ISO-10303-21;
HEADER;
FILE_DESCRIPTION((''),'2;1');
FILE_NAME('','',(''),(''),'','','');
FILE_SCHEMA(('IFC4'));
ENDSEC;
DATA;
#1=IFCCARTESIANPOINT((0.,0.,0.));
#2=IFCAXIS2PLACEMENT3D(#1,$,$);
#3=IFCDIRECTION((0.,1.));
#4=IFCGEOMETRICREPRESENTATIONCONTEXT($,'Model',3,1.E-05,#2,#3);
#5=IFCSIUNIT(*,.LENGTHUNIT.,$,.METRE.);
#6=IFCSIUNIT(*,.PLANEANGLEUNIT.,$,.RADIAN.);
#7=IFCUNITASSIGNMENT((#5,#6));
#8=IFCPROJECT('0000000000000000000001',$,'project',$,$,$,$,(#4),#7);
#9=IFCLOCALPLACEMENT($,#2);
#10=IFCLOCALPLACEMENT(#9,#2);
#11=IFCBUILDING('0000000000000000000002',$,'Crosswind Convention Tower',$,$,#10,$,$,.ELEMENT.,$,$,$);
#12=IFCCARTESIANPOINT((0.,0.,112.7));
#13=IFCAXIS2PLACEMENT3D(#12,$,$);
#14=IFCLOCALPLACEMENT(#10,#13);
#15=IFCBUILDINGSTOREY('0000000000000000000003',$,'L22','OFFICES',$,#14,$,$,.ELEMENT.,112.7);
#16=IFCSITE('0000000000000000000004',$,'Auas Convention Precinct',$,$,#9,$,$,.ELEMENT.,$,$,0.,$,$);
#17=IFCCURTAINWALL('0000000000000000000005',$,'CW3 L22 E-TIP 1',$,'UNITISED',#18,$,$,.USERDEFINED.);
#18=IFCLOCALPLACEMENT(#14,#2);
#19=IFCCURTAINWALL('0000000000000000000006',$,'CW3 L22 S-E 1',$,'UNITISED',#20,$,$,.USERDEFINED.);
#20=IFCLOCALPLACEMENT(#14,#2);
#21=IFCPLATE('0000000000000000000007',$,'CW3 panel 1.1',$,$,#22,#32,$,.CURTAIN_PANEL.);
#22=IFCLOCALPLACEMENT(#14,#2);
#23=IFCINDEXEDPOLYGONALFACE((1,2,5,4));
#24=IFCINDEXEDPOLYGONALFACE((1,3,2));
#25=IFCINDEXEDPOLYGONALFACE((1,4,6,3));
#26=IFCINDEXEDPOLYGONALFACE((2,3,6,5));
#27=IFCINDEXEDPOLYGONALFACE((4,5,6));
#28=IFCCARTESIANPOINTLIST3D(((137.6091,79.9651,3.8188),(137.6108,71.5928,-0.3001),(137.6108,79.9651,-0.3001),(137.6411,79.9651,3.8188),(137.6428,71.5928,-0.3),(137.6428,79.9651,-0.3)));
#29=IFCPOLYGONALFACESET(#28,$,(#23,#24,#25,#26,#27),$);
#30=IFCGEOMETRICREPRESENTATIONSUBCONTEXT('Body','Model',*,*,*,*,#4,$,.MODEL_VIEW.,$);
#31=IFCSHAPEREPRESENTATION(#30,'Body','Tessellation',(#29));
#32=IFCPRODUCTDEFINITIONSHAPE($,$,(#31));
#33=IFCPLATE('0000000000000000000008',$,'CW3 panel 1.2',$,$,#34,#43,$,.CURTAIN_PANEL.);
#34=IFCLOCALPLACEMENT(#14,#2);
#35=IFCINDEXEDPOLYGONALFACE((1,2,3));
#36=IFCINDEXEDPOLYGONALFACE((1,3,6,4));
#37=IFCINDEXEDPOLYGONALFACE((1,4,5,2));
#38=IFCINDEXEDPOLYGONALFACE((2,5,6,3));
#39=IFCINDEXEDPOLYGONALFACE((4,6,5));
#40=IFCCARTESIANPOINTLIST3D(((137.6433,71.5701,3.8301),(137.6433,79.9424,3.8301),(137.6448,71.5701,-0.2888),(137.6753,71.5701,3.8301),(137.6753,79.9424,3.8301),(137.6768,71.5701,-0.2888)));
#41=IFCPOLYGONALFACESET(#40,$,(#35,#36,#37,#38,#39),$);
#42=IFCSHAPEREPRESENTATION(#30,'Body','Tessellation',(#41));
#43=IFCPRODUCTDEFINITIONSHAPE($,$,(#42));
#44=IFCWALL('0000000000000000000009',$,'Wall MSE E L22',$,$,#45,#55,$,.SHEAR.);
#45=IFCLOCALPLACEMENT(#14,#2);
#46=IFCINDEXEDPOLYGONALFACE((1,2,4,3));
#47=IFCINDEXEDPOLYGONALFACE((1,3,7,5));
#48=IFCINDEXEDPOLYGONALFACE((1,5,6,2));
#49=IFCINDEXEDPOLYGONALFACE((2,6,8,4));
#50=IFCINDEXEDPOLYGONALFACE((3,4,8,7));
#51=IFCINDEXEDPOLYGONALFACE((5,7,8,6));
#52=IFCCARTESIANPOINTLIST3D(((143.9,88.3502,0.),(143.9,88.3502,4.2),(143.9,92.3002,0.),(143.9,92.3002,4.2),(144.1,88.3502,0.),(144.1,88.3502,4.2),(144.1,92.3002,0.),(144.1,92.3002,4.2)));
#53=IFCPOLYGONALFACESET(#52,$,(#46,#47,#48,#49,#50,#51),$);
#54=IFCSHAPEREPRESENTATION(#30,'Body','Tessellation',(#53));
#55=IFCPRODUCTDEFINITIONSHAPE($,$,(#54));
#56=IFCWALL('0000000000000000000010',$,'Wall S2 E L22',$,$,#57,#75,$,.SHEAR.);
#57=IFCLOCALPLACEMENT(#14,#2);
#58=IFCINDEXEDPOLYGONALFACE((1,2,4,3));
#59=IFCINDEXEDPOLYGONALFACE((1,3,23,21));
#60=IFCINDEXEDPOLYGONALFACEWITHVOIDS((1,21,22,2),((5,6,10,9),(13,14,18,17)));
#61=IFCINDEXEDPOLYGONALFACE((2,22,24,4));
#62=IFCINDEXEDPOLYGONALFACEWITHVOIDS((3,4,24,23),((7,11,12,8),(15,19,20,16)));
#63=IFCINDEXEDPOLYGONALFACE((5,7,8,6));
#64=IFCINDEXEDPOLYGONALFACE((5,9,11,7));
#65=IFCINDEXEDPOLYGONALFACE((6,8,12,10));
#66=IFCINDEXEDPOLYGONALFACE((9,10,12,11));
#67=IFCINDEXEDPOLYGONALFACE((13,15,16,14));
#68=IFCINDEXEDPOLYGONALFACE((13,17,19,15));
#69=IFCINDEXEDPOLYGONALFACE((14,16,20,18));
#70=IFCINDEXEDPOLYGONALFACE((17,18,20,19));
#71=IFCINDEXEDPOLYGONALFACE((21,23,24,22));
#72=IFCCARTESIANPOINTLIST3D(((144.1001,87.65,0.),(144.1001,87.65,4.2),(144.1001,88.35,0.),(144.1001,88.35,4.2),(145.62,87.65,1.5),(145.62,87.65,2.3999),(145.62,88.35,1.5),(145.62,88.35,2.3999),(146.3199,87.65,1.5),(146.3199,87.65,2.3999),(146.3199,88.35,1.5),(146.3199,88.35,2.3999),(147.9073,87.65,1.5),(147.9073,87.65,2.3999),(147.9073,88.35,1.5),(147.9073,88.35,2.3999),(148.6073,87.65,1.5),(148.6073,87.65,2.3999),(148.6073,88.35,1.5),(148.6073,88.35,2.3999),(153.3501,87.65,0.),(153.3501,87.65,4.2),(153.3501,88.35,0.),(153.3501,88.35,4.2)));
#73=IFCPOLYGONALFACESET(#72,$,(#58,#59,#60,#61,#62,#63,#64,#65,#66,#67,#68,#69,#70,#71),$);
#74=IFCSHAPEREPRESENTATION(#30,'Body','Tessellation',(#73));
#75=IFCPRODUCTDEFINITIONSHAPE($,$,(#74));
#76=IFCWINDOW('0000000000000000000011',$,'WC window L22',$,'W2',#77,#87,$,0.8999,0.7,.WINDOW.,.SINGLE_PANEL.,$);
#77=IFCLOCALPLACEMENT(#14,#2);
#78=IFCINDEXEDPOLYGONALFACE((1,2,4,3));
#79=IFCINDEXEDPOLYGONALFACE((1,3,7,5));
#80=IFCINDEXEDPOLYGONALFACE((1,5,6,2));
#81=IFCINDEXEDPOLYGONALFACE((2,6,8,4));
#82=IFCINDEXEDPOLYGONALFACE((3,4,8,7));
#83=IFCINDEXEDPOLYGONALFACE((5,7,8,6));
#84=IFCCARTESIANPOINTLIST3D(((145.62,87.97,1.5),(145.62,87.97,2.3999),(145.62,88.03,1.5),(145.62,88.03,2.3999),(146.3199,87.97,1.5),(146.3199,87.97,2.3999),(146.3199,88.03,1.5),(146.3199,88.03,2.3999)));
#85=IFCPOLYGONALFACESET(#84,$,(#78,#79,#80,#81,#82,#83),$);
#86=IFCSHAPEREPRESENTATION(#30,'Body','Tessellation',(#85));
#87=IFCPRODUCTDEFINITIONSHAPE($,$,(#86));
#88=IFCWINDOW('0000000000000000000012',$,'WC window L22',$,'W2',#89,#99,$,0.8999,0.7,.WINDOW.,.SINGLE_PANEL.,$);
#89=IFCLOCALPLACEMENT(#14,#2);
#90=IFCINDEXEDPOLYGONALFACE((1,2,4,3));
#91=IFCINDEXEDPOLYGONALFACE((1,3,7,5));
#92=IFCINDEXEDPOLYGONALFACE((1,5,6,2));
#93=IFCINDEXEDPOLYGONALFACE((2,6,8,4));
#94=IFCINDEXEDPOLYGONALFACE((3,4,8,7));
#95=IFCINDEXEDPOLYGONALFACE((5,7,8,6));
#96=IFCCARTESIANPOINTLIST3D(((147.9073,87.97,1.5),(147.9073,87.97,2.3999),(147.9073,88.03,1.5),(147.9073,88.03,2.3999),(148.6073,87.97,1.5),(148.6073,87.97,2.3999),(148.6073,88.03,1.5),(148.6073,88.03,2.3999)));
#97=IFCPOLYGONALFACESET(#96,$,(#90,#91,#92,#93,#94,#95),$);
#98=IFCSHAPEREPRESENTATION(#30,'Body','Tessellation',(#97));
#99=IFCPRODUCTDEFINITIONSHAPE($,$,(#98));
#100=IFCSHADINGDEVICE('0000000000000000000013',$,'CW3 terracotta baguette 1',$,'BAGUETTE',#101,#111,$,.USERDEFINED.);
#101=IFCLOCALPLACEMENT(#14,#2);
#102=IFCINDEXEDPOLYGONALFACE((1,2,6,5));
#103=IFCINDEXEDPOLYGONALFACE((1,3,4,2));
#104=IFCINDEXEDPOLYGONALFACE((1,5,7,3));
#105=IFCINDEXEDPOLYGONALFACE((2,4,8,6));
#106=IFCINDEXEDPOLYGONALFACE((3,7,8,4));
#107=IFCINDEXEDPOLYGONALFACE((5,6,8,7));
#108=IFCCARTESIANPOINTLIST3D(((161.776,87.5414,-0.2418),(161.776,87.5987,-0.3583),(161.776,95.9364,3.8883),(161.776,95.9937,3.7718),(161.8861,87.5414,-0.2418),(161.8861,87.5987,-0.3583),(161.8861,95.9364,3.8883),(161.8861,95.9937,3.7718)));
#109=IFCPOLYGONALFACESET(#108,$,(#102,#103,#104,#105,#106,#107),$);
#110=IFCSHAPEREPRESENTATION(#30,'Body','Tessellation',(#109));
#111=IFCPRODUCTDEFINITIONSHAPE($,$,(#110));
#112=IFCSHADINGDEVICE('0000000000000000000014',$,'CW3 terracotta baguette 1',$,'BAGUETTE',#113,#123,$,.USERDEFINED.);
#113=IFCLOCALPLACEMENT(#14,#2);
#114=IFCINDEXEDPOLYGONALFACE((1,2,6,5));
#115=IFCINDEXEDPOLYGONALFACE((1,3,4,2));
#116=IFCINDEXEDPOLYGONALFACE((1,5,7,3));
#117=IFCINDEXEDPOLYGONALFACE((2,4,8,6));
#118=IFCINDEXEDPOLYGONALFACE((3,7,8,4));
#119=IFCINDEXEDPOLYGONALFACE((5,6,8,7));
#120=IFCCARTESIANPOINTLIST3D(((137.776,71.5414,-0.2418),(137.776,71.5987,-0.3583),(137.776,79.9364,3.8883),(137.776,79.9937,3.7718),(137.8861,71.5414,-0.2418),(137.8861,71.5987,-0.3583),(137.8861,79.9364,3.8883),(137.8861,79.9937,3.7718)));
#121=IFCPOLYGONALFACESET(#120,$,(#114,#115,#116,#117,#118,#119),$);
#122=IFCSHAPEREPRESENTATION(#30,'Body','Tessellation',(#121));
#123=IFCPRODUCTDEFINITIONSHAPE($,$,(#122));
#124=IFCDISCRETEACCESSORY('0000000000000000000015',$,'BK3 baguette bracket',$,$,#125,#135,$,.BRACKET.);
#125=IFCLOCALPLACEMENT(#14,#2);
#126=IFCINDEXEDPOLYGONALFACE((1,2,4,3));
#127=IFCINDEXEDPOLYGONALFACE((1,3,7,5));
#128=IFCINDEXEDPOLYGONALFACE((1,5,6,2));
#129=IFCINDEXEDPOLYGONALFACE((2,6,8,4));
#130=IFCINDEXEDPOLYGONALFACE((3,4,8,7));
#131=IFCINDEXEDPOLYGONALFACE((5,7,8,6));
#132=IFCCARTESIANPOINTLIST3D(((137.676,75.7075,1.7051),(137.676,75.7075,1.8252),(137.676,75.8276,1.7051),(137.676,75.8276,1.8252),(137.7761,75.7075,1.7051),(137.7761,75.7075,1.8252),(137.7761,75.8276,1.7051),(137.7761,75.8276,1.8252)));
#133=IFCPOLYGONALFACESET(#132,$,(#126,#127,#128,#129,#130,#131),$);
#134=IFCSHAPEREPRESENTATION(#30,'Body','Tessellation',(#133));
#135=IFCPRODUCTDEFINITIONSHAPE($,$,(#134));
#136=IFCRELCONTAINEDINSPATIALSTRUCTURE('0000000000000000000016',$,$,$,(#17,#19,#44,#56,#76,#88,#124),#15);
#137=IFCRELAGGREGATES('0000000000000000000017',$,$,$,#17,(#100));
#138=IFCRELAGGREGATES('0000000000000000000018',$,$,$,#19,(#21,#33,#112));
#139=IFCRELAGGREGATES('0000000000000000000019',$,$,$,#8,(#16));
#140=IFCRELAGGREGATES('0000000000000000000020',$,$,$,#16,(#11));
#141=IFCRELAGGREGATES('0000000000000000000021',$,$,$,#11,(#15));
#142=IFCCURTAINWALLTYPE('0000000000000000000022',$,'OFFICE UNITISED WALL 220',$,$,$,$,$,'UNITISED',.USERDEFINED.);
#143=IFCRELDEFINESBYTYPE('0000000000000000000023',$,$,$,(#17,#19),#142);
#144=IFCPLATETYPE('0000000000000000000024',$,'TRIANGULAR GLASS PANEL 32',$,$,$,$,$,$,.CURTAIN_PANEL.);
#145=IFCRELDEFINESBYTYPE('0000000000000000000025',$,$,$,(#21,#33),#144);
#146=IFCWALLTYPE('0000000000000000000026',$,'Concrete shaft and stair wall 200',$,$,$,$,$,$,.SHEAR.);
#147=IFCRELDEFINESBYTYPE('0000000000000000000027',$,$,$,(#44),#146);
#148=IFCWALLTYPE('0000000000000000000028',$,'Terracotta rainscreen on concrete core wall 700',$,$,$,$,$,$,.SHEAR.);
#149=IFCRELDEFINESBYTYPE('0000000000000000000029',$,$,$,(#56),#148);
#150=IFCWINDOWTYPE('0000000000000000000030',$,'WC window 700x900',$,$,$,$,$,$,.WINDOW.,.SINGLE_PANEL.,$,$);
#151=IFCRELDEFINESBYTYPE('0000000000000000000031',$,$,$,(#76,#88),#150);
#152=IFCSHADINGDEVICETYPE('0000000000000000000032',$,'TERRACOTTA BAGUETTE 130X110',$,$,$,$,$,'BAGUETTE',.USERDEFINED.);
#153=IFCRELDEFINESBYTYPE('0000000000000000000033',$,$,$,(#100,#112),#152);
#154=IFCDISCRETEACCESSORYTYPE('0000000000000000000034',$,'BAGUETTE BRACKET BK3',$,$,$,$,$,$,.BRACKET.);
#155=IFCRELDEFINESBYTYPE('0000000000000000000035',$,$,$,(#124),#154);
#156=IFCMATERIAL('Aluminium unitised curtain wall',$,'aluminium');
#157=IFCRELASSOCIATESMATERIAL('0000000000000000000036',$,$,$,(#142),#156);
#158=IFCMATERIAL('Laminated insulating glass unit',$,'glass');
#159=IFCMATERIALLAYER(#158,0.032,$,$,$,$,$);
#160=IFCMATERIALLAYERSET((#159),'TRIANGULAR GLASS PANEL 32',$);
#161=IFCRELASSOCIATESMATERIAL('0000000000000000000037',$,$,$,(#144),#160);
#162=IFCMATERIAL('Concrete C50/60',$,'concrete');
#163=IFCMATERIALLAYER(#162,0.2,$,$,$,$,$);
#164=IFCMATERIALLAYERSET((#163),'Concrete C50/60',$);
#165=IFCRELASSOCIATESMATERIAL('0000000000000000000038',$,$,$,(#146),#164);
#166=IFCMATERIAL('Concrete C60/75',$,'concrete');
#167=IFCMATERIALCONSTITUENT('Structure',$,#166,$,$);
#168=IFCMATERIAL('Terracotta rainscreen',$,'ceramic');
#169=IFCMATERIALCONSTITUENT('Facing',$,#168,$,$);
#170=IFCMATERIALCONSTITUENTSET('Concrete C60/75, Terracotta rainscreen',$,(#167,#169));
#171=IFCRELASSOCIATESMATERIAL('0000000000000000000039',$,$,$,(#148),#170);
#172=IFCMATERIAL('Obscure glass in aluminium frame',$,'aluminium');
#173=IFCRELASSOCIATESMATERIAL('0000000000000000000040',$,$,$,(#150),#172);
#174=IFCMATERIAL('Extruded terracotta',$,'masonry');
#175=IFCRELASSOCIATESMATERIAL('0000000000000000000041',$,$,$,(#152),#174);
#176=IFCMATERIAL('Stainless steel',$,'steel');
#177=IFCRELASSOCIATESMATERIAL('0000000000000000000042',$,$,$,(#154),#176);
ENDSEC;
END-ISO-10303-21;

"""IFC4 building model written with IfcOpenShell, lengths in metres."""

from ifc_helpers import new_model, si_unit, direction, frame, frame_2d, origin, origin_2d, place, context, subcontext, project, spatial, polyline, rectangle, outline, extrude, material, layer, layer_set, constituent, constituent_set, material_profile, profile_set, type_object, element, fill, aggregate, save


model = new_model("IFC4")

# Units and contexts
model_context = context("Model", 3, precision=1e-05, world=origin(), true_north=direction((0.0, 1.0)))
body_context = subcontext(model_context, "Body", "Model", "MODEL_VIEW")
ifc_project = project(units=[si_unit("LENGTHUNIT", "METRE"), si_unit("PLANEANGLEUNIT", "RADIAN")], contexts=[model_context])

# Site, building, storey
site_placement = place(None, origin())
site = spatial("IfcSite", under=ifc_project, at=site_placement, Name="Auas Convention Precinct", CompositionType="ELEMENT", RefElevation=0.0)
building_placement = place(site_placement, origin())
building = spatial("IfcBuilding", under=site, at=building_placement, Name="Crosswind Convention Tower", CompositionType="ELEMENT")
storey_placement = place(building_placement, frame((0.0, 0.0, 112.7)))
storey = spatial("IfcBuildingStorey", under=building, at=storey_placement, Name="L22", Description="OFFICES", CompositionType="ELEMENT", Elevation=112.7)

# Shared definitions
ifc_material_1 = material(Name="Concrete C60/75", Category="concrete")

# Shared definitions
ifc_material_2 = material(Name="Aluminium unitised curtain wall", Category="aluminium")

# Curtain wall
curtain_wall_type_1 = type_object("IfcCurtainWallType", Name="OFFICE UNITISED WALL 220", ElementType="UNITISED", PredefinedType="USERDEFINED", material=ifc_material_2)
curtain_wall_1_placement = place(storey_placement, origin())
curtain_wall_1 = element("IfcCurtainWall", 1, at=curtain_wall_1_placement, inside=storey, type_object=curtain_wall_type_1, Name="CW3 L22 E-TIP 1", ObjectType="UNITISED", PredefinedType="USERDEFINED")

# Curtain wall
curtain_wall_2_placement = place(storey_placement, origin())
curtain_wall_2 = element("IfcCurtainWall", 2, at=curtain_wall_2_placement, inside=storey, type_object=curtain_wall_type_1, Name="CW3 L22 S-E 1", ObjectType="UNITISED", PredefinedType="USERDEFINED")

# Plates
ifc_material_3 = material(Name="Laminated insulating glass unit", Category="glass")
ifc_layer_1 = layer(ifc_material_3, 0.032)
ifc_layer_set_1 = layer_set([ifc_layer_1], Name="TRIANGULAR GLASS PANEL 32")
plate_type_1 = type_object("IfcPlateType", Name="TRIANGULAR GLASS PANEL 32", PredefinedType="CURTAIN_PANEL", material=ifc_layer_set_1)
plate_1_placement = place(storey_placement, frame((137.6428, 79.9651, -0.3), z_axis=(1.0, 0.0, 0.000415), x_axis=(-0.000415, 0.0, 1.0)))
plate_1 = element("IfcPlate", 3, at=plate_1_placement, type_object=plate_type_1, Name="CW3 panel 1.1", PredefinedType="CURTAIN_PANEL", context=body_context, shape_type="SweptSolid", body=[
    extrude(outline(polyline([(0.0, 0.0), (4.1189, 0.0), (0.0, 8.3723), (0.0, 0.0)])), origin(), (0.0, 0.0, -1.0), 0.032),
])
plate_2_placement = place(storey_placement, frame((137.6753, 71.5701, 3.8301), z_axis=(1.0, 0.0, 0.000356), x_axis=(0.000356, 0.0, -1.0)))
plate_2 = element("IfcPlate", 4, at=plate_2_placement, type_object=plate_type_1, Name="CW3 panel 1.2", PredefinedType="CURTAIN_PANEL", context=body_context, shape_type="SweptSolid", body=[
    extrude(outline(polyline([(0.0, 0.0), (4.1189, 0.0), (0.0, 8.3723), (0.0, 0.0)])), origin(), (0.0, 0.0, -1.0), 0.032),
])

# Wall
ifc_material_4 = material(Name="Concrete C50/60", Category="concrete")
ifc_layer_2 = layer(ifc_material_4, 0.2)
ifc_layer_set_2 = layer_set([ifc_layer_2], Name="Concrete C50/60")
wall_type_1 = type_object("IfcWallType", Name="Concrete shaft and stair wall 200", PredefinedType="SHEAR", material=ifc_layer_set_2)
wall_1_placement = place(storey_placement, frame((144.0, 88.3501, 0.0), z_axis=(0.0, 0.0, 1.0), x_axis=(0.0, 1.0, 0.0)))
element("IfcWall", 5, at=wall_1_placement, inside=storey, type_object=wall_type_1, Name="Wall MSE E L22", PredefinedType="SHEAR", context=body_context, shape_type="SweptSolid", body=[
    extrude(rectangle(XDim=3.95, YDim=0.2, at=frame_2d((1.9751, 0.0))), origin(), (0.0, 0.0, 1.0), 4.2),
])

# Wall, openings, windows
ifc_constituent_1 = constituent(ifc_material_1, Name="Structure")
ifc_material_5 = material(Name="Terracotta rainscreen", Category="ceramic")
ifc_constituent_2 = constituent(ifc_material_5, Name="Facing")
ifc_constituent_set = constituent_set(constituents=[ifc_constituent_1, ifc_constituent_2], Name="Concrete C60/75, Terracotta rainscreen")
wall_type_2 = type_object("IfcWallType", Name="Terracotta rainscreen on concrete core wall 700", PredefinedType="SHEAR", material=ifc_constituent_set)
wall_2_placement = place(storey_placement, frame((144.1001, 88.0, 0.0), z_axis=(0.0, 0.0, 1.0), x_axis=(1.0, 0.0, 0.0)))
wall_2 = element("IfcWall", 6, at=wall_2_placement, inside=storey, type_object=wall_type_2, Name="Wall S2 E L22", PredefinedType="SHEAR", context=body_context, shape_type="SweptSolid", body=[
    extrude(rectangle(XDim=9.25, YDim=0.7, at=frame_2d((4.625, 0.0))), origin(), (0.0, 0.0, 1.0), 4.2),
])
opening_1_placement = place(wall_2_placement, frame((1.5198, 0.0, 1.5)))
opening_1 = element("IfcOpeningElement", 7, at=opening_1_placement, cuts=wall_2, PredefinedType="OPENING", context=body_context, shape_type="SweptSolid", body=[
    extrude(rectangle(XDim=0.7, YDim=0.8999, at=frame_2d((0.3501, 0.45))), frame((0.0, 0.3599, 0.0), z_axis=(0.0, -1.0, 0.0), x_axis=(1.0, 0.0, 0.0)), (0.0, 0.0, 1.0), 0.72),
])
opening_2_placement = place(wall_2_placement, frame((3.8071, 0.0, 1.5)))
opening_2 = element("IfcOpeningElement", 8, at=opening_2_placement, cuts=wall_2, PredefinedType="OPENING", context=body_context, shape_type="SweptSolid", body=[
    extrude(rectangle(XDim=0.7, YDim=0.8999, at=frame_2d((0.3501, 0.45))), frame((0.0, 0.3599, 0.0), z_axis=(0.0, -1.0, 0.0), x_axis=(1.0, 0.0, 0.0)), (0.0, 0.0, 1.0), 0.72),
])
ifc_material_6 = material(Name="Obscure glass in aluminium frame", Category="aluminium")
window_type = type_object("IfcWindowType", Name="WC window 700x900", PartitioningType="SINGLE_PANEL", PredefinedType="WINDOW", material=ifc_material_6)
window_1_placement = place(opening_1_placement, origin())
window_1 = element("IfcWindow", 9, at=window_1_placement, inside=storey, type_object=window_type, Name="WC window L22", ObjectType="W2", OverallHeight=0.8999, OverallWidth=0.7, PartitioningType="SINGLE_PANEL", PredefinedType="WINDOW", context=body_context, shape_type="SweptSolid", body=[
    extrude(rectangle(XDim=0.7, YDim=0.8999, at=frame_2d((0.3501, 0.45))), frame((0.0, 0.03, 0.0), z_axis=(0.0, -1.0, 0.0), x_axis=(1.0, 0.0, 0.0)), (0.0, 0.0, 1.0), 0.0601),
])
fill(opening_1, window_1)
window_2_placement = place(opening_2_placement, origin())
window_2 = element("IfcWindow", 10, at=window_2_placement, inside=storey, type_object=window_type, Name="WC window L22", ObjectType="W2", OverallHeight=0.8999, OverallWidth=0.7, PartitioningType="SINGLE_PANEL", PredefinedType="WINDOW", context=body_context, shape_type="SweptSolid", body=[
    extrude(rectangle(XDim=0.7, YDim=0.8999, at=frame_2d((0.3501, 0.45))), frame((0.0, 0.03, 0.0), z_axis=(0.0, -1.0, 0.0), x_axis=(1.0, 0.0, 0.0)), (0.0, 0.0, 1.0), 0.0601),
])
fill(opening_2, window_2)

# Shading devices
ifc_material_7 = material(Name="Extruded terracotta", Category="masonry")
ifc_material_profile_1 = material_profile(ifc_material_7, rectangle(XDim=0.1101, YDim=0.1299, at=origin_2d()), Name="TC 110X130")
ifc_profile_set_1 = profile_set([ifc_material_profile_1], Name="Extruded terracotta")
shading_device_type = type_object("IfcShadingDeviceType", Name="TERRACOTTA BAGUETTE 130X110", ElementType="BAGUETTE", PredefinedType="USERDEFINED", material=ifc_profile_set_1)
shading_device_1_placement = place(storey_placement, frame((161.8311, 87.5701, -0.3), z_axis=(0.0, 0.897289, 0.441443), x_axis=(-1.0, 0.0, 0.0)))
shading_device_1 = element("IfcShadingDevice", 11, at=shading_device_1_placement, type_object=shading_device_type, Name="CW3 terracotta baguette 1", ObjectType="BAGUETTE", PredefinedType="USERDEFINED", context=body_context, shape_type="SweptSolid", body=[
    extrude(rectangle(XDim=0.1101, YDim=0.1299, at=origin_2d()), origin(), (0.0, 0.0, 1.0), 9.356),
])
aggregate(curtain_wall_1, [shading_device_1])
shading_device_2_placement = place(storey_placement, frame((137.8311, 71.5701, -0.3), z_axis=(0.0, 0.897289, 0.441443), x_axis=(-1.0, 0.0, 0.0)))
shading_device_2 = element("IfcShadingDevice", 12, at=shading_device_2_placement, type_object=shading_device_type, Name="CW3 terracotta baguette 1", ObjectType="BAGUETTE", PredefinedType="USERDEFINED", context=body_context, shape_type="SweptSolid", body=[
    extrude(rectangle(XDim=0.1101, YDim=0.1299, at=origin_2d()), origin(), (0.0, 0.0, 1.0), 9.356),
])
aggregate(curtain_wall_2, [plate_1, plate_2, shading_device_2])

# Discrete accessory
ifc_material_8 = material(Name="Stainless steel", Category="steel")
discrete_accessory_type = type_object("IfcDiscreteAccessoryType", Name="BAGUETTE BRACKET BK3", PredefinedType="BRACKET", material=ifc_material_8)
discrete_accessory_placement = place(storey_placement, frame((137.7261, 75.7676, 1.7051), z_axis=(0.0, 0.0, 1.0), x_axis=(0.0, 1.0, 0.0)))
element("IfcDiscreteAccessory", 13, at=discrete_accessory_placement, inside=storey, type_object=discrete_accessory_type, Name="BK3 baguette bracket", PredefinedType="BRACKET", context=body_context, shape_type="SweptSolid", body=[
    extrude(rectangle(XDim=0.1201, YDim=0.1001, at=origin_2d()), origin(), (0.0, 0.0, 1.0), 0.1201),
])

save(model, "model.ifc")
